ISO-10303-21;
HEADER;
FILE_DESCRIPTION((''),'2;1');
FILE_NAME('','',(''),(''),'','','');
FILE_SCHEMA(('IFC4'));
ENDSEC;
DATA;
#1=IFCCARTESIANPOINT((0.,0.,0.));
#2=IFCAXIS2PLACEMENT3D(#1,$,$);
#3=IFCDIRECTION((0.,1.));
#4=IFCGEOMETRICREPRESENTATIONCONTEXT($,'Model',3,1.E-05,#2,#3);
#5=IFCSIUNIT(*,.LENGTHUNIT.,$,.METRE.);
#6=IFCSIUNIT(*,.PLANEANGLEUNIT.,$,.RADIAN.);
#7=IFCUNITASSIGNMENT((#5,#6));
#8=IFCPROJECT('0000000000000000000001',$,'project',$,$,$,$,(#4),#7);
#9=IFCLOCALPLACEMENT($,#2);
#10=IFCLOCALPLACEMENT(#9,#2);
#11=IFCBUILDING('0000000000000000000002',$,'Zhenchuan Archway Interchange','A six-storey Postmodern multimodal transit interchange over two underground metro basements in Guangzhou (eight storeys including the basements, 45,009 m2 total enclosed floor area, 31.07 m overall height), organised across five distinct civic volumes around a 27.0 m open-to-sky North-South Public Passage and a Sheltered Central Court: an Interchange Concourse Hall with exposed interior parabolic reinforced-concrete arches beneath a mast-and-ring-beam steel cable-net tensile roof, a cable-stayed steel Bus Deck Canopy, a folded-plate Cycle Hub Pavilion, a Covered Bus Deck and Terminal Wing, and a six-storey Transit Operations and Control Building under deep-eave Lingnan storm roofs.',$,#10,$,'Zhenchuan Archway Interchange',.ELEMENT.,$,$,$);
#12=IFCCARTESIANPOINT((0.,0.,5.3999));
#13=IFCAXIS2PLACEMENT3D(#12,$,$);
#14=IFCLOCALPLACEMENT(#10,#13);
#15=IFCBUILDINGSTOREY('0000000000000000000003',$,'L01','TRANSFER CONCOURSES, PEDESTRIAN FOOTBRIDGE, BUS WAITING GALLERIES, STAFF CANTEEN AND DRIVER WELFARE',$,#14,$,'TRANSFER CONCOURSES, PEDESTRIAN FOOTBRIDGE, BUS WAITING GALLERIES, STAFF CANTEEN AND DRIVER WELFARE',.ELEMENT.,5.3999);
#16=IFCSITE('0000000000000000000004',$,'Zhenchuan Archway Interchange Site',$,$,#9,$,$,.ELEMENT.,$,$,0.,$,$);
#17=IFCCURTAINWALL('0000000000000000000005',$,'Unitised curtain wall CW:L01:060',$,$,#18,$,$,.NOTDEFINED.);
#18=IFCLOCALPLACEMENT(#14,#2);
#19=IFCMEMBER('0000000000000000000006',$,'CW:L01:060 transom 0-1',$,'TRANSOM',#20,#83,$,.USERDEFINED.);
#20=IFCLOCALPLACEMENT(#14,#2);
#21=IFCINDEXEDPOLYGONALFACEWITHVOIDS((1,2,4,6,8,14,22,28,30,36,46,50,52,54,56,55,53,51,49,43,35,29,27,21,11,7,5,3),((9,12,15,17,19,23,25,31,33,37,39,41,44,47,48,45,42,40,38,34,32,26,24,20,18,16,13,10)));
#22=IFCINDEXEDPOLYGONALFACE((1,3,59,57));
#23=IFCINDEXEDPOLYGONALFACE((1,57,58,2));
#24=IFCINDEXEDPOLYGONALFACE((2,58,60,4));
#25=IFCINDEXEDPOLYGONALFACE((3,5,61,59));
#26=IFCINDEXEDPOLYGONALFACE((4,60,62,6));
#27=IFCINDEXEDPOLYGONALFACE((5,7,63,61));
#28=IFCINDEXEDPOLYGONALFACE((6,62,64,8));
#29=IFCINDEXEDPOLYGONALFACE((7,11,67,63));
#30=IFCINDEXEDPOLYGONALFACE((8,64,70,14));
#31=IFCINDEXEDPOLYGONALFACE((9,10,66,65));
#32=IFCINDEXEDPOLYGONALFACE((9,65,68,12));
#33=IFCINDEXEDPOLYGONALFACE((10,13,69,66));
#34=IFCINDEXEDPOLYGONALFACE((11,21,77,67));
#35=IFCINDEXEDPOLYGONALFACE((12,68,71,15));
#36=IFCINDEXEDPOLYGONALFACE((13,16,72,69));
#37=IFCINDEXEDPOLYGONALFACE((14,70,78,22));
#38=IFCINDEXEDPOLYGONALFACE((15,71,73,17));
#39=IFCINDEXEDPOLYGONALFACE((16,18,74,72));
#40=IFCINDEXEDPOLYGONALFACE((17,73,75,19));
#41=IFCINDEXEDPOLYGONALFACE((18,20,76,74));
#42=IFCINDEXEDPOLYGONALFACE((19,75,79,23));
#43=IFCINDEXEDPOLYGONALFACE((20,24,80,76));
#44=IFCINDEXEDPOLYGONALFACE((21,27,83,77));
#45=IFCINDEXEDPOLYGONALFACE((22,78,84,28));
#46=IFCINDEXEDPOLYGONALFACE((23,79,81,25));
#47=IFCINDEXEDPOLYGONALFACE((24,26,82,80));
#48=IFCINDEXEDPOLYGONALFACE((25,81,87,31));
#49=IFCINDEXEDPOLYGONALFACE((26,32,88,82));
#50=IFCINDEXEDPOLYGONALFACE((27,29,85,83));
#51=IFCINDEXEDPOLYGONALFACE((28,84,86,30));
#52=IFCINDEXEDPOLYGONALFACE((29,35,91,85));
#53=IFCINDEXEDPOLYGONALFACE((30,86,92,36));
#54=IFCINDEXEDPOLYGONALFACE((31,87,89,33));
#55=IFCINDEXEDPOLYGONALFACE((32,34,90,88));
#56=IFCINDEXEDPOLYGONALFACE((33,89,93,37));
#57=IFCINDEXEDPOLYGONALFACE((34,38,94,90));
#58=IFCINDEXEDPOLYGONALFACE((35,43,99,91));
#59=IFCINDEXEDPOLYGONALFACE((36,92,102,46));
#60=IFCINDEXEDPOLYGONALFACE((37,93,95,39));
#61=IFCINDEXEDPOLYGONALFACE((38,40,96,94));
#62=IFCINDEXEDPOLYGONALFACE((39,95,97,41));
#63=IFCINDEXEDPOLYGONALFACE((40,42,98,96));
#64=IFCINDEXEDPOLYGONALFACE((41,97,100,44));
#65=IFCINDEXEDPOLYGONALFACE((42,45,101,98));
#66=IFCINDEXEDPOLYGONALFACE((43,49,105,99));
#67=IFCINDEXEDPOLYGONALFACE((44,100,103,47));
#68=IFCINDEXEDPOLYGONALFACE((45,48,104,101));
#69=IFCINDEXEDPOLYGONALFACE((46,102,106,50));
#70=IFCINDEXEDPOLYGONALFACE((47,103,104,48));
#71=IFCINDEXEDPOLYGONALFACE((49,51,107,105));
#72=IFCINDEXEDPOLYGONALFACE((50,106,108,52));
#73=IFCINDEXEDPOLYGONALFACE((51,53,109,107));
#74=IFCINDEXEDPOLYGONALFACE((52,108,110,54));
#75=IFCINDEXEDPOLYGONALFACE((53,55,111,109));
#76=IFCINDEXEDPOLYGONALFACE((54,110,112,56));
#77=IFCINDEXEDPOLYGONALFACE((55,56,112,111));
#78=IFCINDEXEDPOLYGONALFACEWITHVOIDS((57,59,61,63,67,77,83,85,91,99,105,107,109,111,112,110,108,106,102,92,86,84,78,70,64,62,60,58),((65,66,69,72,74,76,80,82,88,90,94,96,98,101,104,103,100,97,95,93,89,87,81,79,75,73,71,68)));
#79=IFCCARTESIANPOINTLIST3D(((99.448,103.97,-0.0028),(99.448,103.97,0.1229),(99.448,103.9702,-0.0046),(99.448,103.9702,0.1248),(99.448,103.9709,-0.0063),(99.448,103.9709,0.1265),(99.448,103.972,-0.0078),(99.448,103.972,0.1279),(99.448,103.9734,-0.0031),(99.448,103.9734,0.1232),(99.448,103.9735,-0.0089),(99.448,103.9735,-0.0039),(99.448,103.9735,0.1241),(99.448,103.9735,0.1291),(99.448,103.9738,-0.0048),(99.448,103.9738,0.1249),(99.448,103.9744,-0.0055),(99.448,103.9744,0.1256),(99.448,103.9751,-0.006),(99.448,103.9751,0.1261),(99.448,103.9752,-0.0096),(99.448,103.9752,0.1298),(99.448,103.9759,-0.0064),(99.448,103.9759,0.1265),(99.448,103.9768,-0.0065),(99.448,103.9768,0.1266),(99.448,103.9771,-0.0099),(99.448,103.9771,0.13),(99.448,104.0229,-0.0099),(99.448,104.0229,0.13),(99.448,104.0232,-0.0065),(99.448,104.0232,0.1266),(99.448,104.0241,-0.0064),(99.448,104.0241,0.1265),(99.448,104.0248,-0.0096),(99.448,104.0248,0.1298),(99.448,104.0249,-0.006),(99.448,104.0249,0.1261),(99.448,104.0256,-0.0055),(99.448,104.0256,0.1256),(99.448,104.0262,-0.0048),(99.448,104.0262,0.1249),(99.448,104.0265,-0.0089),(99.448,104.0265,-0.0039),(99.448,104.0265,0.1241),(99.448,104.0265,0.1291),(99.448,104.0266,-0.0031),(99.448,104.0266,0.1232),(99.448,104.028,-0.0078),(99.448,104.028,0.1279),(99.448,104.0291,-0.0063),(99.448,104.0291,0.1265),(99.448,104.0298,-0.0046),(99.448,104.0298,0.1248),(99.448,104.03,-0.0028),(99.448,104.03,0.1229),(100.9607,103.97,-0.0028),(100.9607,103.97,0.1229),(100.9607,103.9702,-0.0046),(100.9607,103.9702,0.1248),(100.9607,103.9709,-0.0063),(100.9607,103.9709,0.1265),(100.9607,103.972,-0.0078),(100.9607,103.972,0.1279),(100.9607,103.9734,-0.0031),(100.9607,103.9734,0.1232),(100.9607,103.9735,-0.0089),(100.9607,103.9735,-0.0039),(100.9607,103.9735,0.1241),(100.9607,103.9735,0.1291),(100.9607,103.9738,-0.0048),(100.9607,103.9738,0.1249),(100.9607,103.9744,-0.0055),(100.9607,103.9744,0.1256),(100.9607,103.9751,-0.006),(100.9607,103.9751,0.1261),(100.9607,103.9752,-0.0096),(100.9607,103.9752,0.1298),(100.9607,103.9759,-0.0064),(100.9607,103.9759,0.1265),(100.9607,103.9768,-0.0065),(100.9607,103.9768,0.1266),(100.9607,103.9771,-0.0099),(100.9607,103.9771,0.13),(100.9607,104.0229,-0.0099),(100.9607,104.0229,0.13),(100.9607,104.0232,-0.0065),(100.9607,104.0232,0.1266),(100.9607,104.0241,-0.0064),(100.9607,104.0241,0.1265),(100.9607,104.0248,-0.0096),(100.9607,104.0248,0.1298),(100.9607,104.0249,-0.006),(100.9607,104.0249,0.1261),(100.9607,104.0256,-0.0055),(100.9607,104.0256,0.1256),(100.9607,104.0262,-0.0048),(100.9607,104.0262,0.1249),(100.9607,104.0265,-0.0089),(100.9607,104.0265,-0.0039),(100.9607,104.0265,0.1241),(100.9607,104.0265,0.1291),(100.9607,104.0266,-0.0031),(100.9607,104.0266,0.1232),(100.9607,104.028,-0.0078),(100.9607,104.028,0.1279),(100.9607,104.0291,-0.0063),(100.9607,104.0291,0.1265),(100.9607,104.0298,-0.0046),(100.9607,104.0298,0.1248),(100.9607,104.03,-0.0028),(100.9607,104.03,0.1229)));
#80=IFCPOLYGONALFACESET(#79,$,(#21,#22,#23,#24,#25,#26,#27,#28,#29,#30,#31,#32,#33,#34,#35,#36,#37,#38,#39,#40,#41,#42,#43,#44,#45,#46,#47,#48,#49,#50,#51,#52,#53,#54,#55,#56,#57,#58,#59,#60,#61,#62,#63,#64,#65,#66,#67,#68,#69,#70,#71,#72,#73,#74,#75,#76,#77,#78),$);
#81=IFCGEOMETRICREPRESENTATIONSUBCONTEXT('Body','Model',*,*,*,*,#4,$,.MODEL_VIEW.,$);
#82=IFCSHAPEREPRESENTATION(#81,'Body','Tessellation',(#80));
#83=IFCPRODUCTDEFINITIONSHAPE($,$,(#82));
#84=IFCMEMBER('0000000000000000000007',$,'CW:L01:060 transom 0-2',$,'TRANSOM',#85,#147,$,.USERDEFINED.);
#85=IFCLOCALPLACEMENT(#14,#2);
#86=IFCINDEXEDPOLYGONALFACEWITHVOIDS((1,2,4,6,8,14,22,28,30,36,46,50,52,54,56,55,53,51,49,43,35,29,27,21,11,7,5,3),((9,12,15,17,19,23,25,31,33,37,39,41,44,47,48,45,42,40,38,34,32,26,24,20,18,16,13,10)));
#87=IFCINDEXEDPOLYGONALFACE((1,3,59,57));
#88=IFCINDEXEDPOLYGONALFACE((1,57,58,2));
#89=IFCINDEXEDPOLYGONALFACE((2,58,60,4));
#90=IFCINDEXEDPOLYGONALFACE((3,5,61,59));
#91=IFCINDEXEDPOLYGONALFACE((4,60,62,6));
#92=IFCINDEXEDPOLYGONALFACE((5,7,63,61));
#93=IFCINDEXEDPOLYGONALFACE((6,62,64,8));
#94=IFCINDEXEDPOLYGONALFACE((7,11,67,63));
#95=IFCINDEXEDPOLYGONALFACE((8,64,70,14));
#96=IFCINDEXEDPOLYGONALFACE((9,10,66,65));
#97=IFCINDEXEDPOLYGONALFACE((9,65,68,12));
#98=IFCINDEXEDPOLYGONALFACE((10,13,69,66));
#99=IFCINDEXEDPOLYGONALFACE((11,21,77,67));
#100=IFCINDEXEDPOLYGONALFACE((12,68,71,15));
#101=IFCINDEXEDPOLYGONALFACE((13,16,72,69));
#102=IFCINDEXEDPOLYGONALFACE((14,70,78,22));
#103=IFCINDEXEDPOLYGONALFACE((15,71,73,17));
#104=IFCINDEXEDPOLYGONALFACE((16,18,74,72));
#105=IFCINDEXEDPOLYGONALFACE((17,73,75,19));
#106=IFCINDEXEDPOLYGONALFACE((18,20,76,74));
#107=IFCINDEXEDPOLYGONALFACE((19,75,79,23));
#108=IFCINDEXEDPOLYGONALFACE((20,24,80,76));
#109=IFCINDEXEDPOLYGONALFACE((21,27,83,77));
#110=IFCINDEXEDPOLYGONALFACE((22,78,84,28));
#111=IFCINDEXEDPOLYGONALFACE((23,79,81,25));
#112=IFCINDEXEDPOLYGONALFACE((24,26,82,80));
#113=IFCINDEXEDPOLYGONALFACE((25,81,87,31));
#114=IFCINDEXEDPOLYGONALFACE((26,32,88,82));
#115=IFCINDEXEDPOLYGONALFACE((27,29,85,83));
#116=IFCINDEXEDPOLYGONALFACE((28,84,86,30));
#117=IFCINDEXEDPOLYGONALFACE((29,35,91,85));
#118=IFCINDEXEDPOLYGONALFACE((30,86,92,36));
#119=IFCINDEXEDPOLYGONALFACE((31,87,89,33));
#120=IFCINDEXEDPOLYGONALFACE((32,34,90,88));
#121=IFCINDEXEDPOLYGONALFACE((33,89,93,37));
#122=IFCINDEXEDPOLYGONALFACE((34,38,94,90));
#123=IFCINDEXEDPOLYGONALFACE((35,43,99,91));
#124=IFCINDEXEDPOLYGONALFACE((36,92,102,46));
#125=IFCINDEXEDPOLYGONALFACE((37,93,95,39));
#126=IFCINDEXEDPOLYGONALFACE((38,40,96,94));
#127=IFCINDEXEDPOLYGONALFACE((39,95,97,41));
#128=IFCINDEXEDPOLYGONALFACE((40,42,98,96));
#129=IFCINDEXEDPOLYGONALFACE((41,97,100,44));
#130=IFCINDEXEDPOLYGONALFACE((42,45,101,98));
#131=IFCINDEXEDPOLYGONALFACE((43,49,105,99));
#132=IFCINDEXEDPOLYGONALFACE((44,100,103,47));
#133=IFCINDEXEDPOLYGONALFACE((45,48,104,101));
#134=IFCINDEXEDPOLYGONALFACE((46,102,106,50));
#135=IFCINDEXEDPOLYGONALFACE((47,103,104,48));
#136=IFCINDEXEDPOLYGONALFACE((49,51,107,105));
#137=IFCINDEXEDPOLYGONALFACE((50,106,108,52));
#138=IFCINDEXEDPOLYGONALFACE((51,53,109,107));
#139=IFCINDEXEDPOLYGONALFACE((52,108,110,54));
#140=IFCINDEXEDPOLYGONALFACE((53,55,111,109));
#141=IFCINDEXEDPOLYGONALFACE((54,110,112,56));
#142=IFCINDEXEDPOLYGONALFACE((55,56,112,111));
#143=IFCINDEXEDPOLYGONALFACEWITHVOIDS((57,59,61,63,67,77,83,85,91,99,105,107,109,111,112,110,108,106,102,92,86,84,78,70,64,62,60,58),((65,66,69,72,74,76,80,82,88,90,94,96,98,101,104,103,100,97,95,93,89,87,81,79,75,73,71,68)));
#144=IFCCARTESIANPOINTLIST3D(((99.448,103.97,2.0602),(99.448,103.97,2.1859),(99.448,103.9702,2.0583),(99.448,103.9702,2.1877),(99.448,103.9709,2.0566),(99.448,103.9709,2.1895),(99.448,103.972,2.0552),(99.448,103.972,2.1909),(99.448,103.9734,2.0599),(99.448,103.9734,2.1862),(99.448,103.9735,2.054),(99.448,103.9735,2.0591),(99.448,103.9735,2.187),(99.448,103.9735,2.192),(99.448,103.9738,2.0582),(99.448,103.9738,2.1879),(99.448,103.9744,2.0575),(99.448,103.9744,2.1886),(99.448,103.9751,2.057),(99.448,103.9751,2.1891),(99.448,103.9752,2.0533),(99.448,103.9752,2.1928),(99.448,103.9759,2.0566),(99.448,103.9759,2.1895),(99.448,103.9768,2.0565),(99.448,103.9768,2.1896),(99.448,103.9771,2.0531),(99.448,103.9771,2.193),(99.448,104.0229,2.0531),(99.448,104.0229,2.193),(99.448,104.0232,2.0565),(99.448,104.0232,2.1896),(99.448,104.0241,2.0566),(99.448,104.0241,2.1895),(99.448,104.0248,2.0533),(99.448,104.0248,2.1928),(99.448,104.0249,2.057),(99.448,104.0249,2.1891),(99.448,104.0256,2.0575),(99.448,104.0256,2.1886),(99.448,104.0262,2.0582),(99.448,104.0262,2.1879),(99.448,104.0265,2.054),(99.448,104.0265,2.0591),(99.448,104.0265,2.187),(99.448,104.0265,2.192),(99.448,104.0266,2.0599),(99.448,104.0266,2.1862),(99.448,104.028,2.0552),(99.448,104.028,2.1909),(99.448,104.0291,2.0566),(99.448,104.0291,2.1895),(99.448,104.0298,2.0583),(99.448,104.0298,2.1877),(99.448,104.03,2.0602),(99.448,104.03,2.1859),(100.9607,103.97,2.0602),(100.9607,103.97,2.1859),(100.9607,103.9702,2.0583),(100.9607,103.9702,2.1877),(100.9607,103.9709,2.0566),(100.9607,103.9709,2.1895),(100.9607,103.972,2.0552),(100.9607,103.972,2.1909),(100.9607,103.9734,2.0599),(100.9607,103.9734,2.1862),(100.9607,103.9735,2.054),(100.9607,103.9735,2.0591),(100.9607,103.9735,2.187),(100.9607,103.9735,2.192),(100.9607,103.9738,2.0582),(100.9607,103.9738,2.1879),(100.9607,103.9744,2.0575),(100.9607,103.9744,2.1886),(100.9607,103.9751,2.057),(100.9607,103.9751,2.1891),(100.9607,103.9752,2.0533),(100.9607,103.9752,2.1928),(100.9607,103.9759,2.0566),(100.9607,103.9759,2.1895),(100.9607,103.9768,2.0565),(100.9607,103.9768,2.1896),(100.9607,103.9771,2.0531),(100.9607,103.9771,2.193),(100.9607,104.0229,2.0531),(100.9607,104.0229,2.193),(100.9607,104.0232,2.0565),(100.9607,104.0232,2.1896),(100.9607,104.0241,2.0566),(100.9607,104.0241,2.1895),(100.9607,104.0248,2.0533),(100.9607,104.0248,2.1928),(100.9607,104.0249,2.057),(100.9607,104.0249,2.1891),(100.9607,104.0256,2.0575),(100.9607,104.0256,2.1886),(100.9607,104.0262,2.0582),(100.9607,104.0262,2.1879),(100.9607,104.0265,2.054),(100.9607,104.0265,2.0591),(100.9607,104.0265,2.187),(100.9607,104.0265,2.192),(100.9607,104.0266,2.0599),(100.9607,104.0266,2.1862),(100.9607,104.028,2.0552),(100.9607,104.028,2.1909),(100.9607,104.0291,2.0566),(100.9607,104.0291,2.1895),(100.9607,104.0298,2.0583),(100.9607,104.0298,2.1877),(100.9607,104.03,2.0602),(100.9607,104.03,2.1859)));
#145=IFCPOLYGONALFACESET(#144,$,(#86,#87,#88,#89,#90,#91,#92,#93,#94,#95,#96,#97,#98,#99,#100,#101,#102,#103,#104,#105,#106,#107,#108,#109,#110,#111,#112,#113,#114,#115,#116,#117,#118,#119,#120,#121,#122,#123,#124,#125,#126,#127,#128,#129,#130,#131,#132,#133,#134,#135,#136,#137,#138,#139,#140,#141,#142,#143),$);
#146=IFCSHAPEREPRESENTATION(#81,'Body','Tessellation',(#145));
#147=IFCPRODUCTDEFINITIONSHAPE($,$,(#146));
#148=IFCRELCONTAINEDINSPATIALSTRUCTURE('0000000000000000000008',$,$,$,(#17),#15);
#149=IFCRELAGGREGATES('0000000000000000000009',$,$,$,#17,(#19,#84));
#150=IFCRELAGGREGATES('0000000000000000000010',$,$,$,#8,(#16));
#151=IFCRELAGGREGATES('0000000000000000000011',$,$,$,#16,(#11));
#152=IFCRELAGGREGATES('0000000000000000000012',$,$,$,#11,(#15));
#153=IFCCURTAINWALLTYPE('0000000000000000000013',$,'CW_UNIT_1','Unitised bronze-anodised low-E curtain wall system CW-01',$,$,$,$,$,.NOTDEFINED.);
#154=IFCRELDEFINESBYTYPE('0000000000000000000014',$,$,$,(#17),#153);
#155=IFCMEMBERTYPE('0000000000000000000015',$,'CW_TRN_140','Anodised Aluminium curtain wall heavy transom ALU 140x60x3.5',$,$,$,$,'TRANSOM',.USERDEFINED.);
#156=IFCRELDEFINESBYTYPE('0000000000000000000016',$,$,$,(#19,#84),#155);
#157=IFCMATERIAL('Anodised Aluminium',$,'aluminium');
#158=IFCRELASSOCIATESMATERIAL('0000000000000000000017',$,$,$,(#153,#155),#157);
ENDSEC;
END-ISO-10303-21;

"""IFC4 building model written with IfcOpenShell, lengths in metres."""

from ifc_helpers import new_model, si_unit, direction, frame, origin, origin_2d, place, context, subcontext, project, spatial, hollow_rectangle, extrude, material, material_profile, profile_set, type_object, element, aggregate, save


model = new_model("IFC4")

# Units and contexts
model_context = context("Model", 3, precision=1e-05, world=origin(), true_north=direction((0.0, 1.0)))
body_context = subcontext(model_context, "Body", "Model", "MODEL_VIEW")
ifc_project = project(units=[si_unit("LENGTHUNIT", "METRE"), si_unit("PLANEANGLEUNIT", "RADIAN")], contexts=[model_context])

# Site, building, storey
site_placement = place(None, origin())
site = spatial("IfcSite", under=ifc_project, at=site_placement, Name="Zhenchuan Archway Interchange Site", CompositionType="ELEMENT", RefElevation=0.0)
building_placement = place(site_placement, origin())
building = spatial("IfcBuilding", under=site, at=building_placement, Name="Zhenchuan Archway Interchange", Description="A six-storey Postmodern multimodal transit interchange over two underground metro basements in Guangzhou (eight storeys including the basements, 45,009 m2 total enclosed floor area, 31.07 m overall height), organised across five distinct civic volumes around a 27.0 m open-to-sky North-South Public Passage and a Sheltered Central Court: an Interchange Concourse Hall with exposed interior parabolic reinforced-concrete arches beneath a mast-and-ring-beam steel cable-net tensile roof, a cable-stayed steel Bus Deck Canopy, a folded-plate Cycle Hub Pavilion, a Covered Bus Deck and Terminal Wing, and a six-storey Transit Operations and Control Building under deep-eave Lingnan storm roofs.", LongName="Zhenchuan Archway Interchange", CompositionType="ELEMENT")
storey_placement = place(building_placement, frame((0.0, 0.0, 5.3999)))
storey = spatial("IfcBuildingStorey", under=building, at=storey_placement, Name="L01", Description="TRANSFER CONCOURSES, PEDESTRIAN FOOTBRIDGE, BUS WAITING GALLERIES, STAFF CANTEEN AND DRIVER WELFARE", LongName="TRANSFER CONCOURSES, PEDESTRIAN FOOTBRIDGE, BUS WAITING GALLERIES, STAFF CANTEEN AND DRIVER WELFARE", CompositionType="ELEMENT", Elevation=5.3999)

# Curtain wall, members
ifc_material_1 = material(Name="Anodised Aluminium", Category="aluminium")
curtain_wall_type = type_object("IfcCurtainWallType", Name="CW_UNIT_1", Description="Unitised bronze-anodised low-E curtain wall system CW-01", PredefinedType="NOTDEFINED", material=ifc_material_1)
curtain_wall_placement = place(storey_placement, origin())
curtain_wall = element("IfcCurtainWall", 1, at=curtain_wall_placement, inside=storey, type_object=curtain_wall_type, Name="Unitised curtain wall CW:L01:060", PredefinedType="NOTDEFINED")
ifc_material_profile_1 = material_profile(ifc_material_1, hollow_rectangle(XDim=0.0601, YDim=0.1399, WallThickness=0.0034, InnerFilletRadius=0.0034, OuterFilletRadius=0.0071, at=origin_2d()), Name="ALU 140x60x3.5")
ifc_profile_set_1 = profile_set([ifc_material_profile_1], Name="Anodised Aluminium")
member_type_1 = type_object("IfcMemberType", Name="CW_TRN_140", Description="Anodised Aluminium curtain wall heavy transom ALU 140x60x3.5", ElementType="TRANSOM", PredefinedType="USERDEFINED", material=ifc_profile_set_1)
member_1_placement = place(storey_placement, frame((99.448, 104.0, 0.0601), z_axis=(1.0, 0.0, 0.0), x_axis=(0.0, 1.0, 0.0)))
member_1 = element("IfcMember", 2, at=member_1_placement, type_object=member_type_1, Name="CW:L01:060 transom 0-1", ObjectType="TRANSOM", PredefinedType="USERDEFINED", context=body_context, shape_type="SweptSolid", body=[
    extrude(hollow_rectangle(XDim=0.0601, YDim=0.1399, WallThickness=0.0034, InnerFilletRadius=0.0034, OuterFilletRadius=0.0071, at=origin_2d()), origin(), (0.0, 0.0, 1.0), 1.5127),
])
member_2_placement = place(storey_placement, frame((99.448, 104.0, 2.123), z_axis=(1.0, 0.0, 0.0), x_axis=(0.0, 1.0, 0.0)))
member_2 = element("IfcMember", 3, at=member_2_placement, type_object=member_type_1, Name="CW:L01:060 transom 0-2", ObjectType="TRANSOM", PredefinedType="USERDEFINED", context=body_context, shape_type="SweptSolid", body=[
    extrude(hollow_rectangle(XDim=0.0601, YDim=0.1399, WallThickness=0.0034, InnerFilletRadius=0.0034, OuterFilletRadius=0.0071, at=origin_2d()), origin(), (0.0, 0.0, 1.0), 1.5127),
])

aggregate(curtain_wall, [member_1, member_2])

save(model, "model.ifc")
